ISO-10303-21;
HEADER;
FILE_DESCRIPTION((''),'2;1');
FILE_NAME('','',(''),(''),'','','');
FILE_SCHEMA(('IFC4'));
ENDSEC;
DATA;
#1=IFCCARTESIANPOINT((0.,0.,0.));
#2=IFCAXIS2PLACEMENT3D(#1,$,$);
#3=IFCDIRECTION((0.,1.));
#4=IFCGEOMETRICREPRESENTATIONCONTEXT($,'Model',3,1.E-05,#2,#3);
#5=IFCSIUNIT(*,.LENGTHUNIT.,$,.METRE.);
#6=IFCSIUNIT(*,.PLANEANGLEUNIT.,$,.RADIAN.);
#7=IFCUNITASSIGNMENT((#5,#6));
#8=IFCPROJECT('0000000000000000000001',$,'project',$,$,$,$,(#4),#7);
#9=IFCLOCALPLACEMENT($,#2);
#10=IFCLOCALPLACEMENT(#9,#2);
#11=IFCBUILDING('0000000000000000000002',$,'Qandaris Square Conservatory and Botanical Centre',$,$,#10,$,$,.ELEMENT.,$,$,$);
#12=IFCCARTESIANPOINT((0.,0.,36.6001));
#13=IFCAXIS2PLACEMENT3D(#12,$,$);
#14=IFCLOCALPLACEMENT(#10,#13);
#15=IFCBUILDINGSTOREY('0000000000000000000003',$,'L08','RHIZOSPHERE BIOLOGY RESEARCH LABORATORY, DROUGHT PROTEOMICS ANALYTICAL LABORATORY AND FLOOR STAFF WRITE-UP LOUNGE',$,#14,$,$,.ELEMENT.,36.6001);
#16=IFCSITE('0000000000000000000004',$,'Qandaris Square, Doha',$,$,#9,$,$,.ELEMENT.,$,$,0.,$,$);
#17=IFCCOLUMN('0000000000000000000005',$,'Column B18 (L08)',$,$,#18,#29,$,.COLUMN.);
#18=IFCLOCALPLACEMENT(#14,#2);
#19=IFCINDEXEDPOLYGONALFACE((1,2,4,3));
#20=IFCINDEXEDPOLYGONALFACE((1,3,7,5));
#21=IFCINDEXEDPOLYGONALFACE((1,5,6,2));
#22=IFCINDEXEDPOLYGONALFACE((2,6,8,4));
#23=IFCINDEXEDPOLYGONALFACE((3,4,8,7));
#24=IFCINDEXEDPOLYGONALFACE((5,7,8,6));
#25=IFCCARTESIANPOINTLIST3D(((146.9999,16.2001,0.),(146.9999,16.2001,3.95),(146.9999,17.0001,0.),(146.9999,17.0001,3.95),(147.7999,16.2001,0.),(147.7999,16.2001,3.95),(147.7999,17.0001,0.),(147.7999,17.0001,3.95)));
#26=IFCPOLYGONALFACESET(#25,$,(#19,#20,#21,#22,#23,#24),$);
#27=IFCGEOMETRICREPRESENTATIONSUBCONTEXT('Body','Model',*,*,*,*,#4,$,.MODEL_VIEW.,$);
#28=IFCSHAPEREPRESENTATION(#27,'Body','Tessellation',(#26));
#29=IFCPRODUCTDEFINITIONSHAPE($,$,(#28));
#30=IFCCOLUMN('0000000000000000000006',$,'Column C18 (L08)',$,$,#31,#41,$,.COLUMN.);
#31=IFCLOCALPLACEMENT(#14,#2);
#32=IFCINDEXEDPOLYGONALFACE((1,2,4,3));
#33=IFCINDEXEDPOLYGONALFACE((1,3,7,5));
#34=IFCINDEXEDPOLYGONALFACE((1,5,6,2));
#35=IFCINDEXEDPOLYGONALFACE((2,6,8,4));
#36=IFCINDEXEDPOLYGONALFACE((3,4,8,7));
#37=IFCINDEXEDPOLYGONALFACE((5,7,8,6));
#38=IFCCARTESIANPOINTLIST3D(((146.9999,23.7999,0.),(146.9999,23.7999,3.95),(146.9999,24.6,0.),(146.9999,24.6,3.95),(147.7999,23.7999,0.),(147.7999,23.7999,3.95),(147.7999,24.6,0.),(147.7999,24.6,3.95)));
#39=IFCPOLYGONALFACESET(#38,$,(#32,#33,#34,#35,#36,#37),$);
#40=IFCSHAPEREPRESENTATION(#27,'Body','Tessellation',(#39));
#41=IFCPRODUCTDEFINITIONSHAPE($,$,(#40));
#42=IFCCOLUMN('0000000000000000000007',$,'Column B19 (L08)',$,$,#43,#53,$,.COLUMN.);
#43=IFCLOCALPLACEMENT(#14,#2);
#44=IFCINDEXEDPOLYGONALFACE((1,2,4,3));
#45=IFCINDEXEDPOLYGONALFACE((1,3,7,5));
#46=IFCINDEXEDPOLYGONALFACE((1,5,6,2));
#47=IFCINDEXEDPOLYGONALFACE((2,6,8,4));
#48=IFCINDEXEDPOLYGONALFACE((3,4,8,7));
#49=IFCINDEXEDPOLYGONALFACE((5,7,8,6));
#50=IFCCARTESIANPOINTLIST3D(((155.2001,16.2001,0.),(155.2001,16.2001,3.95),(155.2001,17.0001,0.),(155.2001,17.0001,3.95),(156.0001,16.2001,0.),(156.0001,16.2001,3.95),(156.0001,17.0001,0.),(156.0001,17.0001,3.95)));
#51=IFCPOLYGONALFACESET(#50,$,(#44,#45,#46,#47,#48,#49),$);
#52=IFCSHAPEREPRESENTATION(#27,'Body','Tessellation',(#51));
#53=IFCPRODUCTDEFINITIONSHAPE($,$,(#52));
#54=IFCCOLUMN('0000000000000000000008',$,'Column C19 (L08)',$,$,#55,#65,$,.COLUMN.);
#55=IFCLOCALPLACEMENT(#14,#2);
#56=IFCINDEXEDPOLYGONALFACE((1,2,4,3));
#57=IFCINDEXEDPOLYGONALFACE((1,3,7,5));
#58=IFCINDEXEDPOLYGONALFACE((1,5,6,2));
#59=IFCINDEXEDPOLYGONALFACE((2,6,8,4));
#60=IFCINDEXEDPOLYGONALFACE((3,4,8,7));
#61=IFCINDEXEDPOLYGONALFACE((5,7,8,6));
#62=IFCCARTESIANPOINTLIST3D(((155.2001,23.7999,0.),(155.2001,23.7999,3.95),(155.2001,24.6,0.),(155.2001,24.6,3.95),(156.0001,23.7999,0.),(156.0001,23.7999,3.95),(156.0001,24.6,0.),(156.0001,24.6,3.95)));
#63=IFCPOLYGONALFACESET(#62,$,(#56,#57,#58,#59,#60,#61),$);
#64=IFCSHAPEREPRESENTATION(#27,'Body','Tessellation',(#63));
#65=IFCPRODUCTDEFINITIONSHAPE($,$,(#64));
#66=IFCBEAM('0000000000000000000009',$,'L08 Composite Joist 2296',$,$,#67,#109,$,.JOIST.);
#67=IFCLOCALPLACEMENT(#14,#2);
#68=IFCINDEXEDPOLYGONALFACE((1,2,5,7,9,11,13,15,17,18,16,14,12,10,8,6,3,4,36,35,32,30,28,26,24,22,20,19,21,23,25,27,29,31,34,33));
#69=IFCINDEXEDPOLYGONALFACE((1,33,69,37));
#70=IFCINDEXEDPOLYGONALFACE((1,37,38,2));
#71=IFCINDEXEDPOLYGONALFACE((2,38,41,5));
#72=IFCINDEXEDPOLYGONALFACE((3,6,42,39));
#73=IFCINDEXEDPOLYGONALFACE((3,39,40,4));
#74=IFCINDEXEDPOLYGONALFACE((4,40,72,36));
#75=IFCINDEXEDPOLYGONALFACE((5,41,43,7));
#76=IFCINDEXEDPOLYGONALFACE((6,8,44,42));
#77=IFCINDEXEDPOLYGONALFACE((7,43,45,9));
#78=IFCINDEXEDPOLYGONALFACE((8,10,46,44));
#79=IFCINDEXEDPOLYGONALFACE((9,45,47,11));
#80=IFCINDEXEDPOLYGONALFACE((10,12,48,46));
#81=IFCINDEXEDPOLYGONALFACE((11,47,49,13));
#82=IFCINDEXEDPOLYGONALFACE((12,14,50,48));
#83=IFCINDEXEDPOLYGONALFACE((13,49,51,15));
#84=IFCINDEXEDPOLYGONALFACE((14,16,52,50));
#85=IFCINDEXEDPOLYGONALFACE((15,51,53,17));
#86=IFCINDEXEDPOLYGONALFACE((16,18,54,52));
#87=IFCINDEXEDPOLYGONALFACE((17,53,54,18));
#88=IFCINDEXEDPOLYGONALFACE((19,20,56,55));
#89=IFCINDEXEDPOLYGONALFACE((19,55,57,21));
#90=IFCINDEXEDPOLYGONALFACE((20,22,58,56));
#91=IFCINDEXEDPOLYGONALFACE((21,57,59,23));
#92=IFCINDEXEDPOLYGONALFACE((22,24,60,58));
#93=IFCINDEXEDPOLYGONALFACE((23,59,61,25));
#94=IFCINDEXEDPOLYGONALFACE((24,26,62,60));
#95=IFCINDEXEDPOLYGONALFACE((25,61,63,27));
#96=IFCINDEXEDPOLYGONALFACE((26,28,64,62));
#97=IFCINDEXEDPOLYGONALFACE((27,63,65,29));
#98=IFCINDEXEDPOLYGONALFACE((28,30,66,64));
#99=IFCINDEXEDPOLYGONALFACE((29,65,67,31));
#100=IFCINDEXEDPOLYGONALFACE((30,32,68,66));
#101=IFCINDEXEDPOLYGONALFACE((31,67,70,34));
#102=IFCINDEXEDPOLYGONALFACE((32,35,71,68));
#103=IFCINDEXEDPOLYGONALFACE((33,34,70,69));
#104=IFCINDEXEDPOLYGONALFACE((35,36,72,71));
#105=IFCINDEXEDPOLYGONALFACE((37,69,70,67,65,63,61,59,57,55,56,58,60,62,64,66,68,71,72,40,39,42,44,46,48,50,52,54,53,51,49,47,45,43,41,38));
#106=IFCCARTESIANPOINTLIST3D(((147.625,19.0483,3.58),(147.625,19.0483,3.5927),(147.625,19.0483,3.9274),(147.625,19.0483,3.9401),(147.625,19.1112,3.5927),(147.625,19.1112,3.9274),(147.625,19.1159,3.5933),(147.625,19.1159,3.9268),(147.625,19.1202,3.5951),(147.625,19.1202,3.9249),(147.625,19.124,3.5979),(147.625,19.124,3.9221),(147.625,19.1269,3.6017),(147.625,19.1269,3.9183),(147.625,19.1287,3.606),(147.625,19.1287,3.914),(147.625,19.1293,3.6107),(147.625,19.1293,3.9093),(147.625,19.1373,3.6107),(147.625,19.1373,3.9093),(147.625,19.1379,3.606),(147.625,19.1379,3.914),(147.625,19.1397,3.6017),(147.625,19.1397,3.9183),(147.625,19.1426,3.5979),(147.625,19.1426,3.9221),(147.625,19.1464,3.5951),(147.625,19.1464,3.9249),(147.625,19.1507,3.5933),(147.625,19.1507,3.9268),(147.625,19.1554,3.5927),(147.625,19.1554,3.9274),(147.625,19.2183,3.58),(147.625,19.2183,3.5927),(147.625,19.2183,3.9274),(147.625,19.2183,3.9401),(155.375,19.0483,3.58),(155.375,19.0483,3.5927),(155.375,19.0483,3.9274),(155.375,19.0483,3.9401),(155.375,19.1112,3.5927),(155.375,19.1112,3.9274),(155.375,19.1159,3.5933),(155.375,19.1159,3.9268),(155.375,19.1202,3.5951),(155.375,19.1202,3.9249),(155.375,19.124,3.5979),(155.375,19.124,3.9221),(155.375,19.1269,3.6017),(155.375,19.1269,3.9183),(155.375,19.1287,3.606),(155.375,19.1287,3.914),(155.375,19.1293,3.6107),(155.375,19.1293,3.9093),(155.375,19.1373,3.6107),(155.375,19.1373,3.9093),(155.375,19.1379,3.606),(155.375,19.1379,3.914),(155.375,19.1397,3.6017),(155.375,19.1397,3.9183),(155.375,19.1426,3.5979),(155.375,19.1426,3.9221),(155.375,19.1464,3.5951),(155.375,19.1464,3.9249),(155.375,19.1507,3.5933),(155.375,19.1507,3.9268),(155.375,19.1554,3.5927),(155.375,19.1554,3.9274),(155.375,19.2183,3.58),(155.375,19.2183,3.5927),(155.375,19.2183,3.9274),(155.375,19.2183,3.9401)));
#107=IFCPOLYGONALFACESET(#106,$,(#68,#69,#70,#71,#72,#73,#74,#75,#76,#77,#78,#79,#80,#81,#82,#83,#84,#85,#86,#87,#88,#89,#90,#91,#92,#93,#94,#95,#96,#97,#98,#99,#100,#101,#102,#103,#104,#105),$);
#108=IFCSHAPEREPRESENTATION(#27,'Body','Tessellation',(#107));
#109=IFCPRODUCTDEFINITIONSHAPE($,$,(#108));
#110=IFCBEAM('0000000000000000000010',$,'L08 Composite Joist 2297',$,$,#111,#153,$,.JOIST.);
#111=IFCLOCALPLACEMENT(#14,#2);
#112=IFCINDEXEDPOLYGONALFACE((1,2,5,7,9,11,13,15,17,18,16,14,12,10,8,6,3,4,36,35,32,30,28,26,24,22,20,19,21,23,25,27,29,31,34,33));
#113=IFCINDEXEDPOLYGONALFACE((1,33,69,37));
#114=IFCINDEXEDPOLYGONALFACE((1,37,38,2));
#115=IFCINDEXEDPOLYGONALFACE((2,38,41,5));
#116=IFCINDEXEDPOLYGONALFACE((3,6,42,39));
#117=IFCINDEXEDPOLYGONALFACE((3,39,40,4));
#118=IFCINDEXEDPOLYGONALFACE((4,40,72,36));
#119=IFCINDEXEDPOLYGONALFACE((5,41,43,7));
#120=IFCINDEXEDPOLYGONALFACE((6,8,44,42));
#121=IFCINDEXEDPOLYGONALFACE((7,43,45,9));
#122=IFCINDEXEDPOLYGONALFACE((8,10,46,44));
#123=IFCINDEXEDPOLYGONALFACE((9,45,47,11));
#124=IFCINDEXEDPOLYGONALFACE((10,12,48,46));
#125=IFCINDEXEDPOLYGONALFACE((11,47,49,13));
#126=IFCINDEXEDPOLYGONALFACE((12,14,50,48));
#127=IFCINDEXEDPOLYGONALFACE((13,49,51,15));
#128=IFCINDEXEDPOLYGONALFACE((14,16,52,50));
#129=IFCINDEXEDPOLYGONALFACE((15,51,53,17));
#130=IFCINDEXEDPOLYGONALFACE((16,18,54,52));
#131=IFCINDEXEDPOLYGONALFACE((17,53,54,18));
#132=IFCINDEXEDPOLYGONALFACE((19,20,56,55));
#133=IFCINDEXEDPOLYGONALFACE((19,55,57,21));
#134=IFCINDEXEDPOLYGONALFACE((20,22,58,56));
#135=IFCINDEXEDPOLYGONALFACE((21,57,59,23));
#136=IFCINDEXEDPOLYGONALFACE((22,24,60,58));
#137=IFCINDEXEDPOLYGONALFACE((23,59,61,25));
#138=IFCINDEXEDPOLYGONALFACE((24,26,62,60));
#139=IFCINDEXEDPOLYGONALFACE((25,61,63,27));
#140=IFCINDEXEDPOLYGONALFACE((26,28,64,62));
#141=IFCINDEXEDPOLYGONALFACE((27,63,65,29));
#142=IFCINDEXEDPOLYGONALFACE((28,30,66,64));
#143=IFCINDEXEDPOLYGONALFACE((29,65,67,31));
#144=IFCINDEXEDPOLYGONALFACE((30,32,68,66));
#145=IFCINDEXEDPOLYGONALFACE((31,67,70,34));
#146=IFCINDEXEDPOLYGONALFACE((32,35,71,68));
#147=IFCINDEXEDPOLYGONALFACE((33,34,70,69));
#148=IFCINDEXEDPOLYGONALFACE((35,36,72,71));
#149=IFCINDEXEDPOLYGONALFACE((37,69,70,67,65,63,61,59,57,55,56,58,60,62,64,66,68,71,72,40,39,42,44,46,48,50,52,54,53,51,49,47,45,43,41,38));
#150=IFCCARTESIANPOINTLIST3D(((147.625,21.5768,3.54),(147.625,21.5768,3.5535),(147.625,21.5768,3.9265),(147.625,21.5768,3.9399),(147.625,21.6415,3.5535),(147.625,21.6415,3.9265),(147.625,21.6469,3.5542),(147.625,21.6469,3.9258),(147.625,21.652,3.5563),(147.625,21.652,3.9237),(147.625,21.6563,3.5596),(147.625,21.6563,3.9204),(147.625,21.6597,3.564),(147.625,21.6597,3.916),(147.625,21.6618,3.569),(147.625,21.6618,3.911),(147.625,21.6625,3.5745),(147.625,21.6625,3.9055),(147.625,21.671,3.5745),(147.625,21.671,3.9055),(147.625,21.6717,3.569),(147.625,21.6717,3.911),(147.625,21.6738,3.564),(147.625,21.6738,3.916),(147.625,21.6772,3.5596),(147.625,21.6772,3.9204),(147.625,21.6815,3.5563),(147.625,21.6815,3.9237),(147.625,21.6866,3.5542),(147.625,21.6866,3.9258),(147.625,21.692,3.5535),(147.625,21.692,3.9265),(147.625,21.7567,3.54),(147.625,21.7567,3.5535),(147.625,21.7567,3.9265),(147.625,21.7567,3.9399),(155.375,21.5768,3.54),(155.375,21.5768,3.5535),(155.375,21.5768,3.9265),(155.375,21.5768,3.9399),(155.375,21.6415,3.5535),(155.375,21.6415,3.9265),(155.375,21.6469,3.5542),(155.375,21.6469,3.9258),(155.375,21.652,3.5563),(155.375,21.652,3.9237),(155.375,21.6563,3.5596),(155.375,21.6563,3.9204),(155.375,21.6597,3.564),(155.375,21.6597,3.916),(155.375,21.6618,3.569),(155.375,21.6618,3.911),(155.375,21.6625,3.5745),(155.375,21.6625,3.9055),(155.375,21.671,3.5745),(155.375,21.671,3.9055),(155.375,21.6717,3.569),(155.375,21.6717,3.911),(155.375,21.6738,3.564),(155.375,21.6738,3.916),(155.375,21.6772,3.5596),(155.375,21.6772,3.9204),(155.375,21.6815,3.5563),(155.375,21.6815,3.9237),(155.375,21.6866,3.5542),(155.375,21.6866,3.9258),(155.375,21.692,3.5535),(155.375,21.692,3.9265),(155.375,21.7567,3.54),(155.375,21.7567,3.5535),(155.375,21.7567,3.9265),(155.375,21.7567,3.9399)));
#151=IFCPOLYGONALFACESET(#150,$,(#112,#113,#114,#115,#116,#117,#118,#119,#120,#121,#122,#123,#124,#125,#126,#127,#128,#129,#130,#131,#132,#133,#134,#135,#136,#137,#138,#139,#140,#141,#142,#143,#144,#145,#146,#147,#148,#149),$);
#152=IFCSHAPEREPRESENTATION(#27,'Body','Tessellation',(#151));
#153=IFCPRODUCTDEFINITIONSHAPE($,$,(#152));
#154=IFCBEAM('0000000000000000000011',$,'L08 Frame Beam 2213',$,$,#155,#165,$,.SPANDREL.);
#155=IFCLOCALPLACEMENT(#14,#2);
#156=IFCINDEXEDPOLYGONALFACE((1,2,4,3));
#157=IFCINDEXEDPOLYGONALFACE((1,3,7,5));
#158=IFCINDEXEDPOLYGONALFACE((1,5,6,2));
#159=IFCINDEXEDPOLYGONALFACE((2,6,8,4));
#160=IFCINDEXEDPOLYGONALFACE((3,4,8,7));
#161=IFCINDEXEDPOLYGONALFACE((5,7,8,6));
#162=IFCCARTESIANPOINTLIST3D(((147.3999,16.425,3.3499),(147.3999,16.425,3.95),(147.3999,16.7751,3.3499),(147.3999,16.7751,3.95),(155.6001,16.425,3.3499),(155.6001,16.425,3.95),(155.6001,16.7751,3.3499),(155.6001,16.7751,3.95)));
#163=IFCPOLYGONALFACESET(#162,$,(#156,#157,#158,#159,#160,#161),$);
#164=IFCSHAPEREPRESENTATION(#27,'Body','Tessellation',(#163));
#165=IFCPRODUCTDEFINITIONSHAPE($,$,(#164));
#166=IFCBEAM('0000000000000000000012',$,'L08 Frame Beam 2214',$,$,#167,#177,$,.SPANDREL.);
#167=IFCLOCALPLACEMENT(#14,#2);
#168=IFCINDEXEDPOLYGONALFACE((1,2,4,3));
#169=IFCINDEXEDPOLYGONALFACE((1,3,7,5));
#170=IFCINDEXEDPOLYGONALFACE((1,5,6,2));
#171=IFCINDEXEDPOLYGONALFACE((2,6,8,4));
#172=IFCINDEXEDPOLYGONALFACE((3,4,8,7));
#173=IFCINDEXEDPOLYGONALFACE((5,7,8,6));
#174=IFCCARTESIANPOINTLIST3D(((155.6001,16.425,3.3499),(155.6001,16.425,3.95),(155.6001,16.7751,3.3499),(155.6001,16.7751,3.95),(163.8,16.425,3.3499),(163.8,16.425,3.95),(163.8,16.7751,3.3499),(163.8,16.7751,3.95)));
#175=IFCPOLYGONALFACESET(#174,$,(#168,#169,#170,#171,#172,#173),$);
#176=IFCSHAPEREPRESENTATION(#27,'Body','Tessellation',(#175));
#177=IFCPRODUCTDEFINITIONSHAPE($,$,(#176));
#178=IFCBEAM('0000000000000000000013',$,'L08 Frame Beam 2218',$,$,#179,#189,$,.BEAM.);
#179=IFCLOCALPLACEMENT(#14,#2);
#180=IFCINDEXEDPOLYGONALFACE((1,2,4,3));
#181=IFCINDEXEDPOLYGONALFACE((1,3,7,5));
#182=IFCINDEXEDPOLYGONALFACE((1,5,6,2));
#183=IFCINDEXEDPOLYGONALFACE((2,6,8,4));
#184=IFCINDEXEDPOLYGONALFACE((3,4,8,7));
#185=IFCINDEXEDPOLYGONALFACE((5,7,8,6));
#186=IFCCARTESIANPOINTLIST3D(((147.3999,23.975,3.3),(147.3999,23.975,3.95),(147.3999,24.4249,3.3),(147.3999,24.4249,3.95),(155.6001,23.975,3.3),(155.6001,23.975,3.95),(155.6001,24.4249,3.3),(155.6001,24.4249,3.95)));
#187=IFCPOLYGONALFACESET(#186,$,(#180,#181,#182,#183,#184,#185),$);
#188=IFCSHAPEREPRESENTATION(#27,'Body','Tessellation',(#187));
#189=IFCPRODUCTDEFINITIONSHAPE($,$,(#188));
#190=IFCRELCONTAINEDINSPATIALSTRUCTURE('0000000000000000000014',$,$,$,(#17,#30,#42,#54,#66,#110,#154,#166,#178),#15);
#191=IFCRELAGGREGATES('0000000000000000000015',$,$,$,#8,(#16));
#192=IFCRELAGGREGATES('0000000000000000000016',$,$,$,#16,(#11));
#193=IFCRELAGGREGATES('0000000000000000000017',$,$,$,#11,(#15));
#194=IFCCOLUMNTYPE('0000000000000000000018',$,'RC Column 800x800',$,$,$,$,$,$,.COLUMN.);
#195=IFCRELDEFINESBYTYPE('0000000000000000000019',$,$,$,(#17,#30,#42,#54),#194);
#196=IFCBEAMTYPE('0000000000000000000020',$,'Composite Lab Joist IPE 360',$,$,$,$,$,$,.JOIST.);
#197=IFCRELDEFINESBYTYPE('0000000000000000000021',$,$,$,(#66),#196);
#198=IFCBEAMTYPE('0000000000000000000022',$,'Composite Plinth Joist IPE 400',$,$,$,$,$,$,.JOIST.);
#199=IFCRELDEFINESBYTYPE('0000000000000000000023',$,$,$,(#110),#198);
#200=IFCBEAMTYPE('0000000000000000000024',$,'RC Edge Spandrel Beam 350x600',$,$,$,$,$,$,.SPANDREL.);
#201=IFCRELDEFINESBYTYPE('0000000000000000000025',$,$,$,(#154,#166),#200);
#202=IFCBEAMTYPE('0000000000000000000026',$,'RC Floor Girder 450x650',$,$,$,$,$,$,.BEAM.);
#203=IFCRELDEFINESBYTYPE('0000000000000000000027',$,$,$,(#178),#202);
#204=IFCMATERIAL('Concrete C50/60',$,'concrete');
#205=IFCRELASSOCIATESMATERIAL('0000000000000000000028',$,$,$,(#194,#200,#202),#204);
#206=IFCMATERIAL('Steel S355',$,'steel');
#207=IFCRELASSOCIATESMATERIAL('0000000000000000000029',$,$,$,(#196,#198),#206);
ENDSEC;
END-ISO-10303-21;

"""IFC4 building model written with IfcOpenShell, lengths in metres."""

from ifc_helpers import new_model, si_unit, direction, frame, origin, origin_2d, place, context, subcontext, project, spatial, rectangle, i_section, extrude, material, material_profile, profile_set, type_object, element, save


model = new_model("IFC4")

# Units and contexts
model_context = context("Model", 3, precision=1e-05, world=origin(), true_north=direction((0.0, 1.0)))
body_context = subcontext(model_context, "Body", "Model", "MODEL_VIEW")
ifc_project = project(units=[si_unit("LENGTHUNIT", "METRE"), si_unit("PLANEANGLEUNIT", "RADIAN")], contexts=[model_context])

# Site, building, storey
site_placement = place(None, origin())
site = spatial("IfcSite", under=ifc_project, at=site_placement, Name="Qandaris Square, Doha", CompositionType="ELEMENT", RefElevation=0.0)
building_placement = place(site_placement, origin())
building = spatial("IfcBuilding", under=site, at=building_placement, Name="Qandaris Square Conservatory and Botanical Centre", CompositionType="ELEMENT")
storey_placement = place(building_placement, frame((0.0, 0.0, 36.6001)))
storey = spatial("IfcBuildingStorey", under=building, at=storey_placement, Name="L08", Description="RHIZOSPHERE BIOLOGY RESEARCH LABORATORY, DROUGHT PROTEOMICS ANALYTICAL LABORATORY AND FLOOR STAFF WRITE-UP LOUNGE", CompositionType="ELEMENT", Elevation=36.6001)

# Columns
ifc_material_1 = material(Name="Concrete C50/60", Category="concrete")
ifc_material_profile_1 = material_profile(ifc_material_1, rectangle(XDim=0.8, YDim=0.8, at=origin_2d()), Name="RC-COL 800x800")
ifc_profile_set_1 = profile_set([ifc_material_profile_1], Name="Concrete C50/60")
column_type = type_object("IfcColumnType", Name="RC Column 800x800", PredefinedType="COLUMN", material=ifc_profile_set_1)
for number, where, z_axis, x_axis, name in (
    (1, (147.3999, 16.6001, 0.0), (0.0, 0.0, 1.0), (1.0, 0.0, 0.0), "Column B18 (L08)"),
    (2, (147.3999, 24.2, 0.0), (0.0, 0.0, 1.0), (1.0, 0.0, 0.0), "Column C18 (L08)"),
    (3, (155.6001, 16.6001, 0.0), (0.0, 0.0, 1.0), (1.0, 0.0, 0.0), "Column B19 (L08)"),
    (4, (155.6001, 24.2, 0.0), (0.0, 0.0, 1.0), (1.0, 0.0, 0.0), "Column C19 (L08)"),
):
    element("IfcColumn", number, at=place(storey_placement, frame(where, z_axis=z_axis, x_axis=x_axis)), inside=storey, type_object=column_type, Name=name, PredefinedType="COLUMN", context=body_context, shape_type="SweptSolid", body=[
        extrude(rectangle(XDim=0.8, YDim=0.8, at=origin_2d()), origin(), (0.0, 0.0, 1.0), 3.95),
    ])

# Beams
ifc_material_2 = material(Name="Steel S355", Category="steel")
ifc_material_profile_2 = material_profile(ifc_material_2, i_section(OverallWidth=0.1699, OverallDepth=0.3601, WebThickness=0.0081, FlangeThickness=0.0127, FilletRadius=0.0181, at=origin_2d()), Name="IPE 360")
ifc_profile_set_2 = profile_set([ifc_material_profile_2], Name="Steel S355")
beam_type_1 = type_object("IfcBeamType", Name="Composite Lab Joist IPE 360", PredefinedType="JOIST", material=ifc_profile_set_2)
beam_1_placement = place(storey_placement, frame((147.625, 19.1333, 3.76), z_axis=(1.0, 0.0, 0.0), x_axis=(0.0, 1.0, 0.0)))
element("IfcBeam", 5, at=beam_1_placement, inside=storey, type_object=beam_type_1, Name="L08 Composite Joist 2296", PredefinedType="JOIST", context=body_context, shape_type="SweptSolid", body=[
    extrude(i_section(OverallWidth=0.1699, OverallDepth=0.3601, WebThickness=0.0081, FlangeThickness=0.0127, FilletRadius=0.0181, at=origin_2d()), origin(), (0.0, 0.0, 1.0), 7.75),
])
ifc_material_profile_3 = material_profile(ifc_material_2, i_section(OverallWidth=0.1799, OverallDepth=0.3999, WebThickness=0.0085, FlangeThickness=0.0134, FilletRadius=0.021, at=origin_2d()), Name="IPE 400")
ifc_profile_set_3 = profile_set([ifc_material_profile_3], Name="Steel S355")
beam_type_2 = type_object("IfcBeamType", Name="Composite Plinth Joist IPE 400", PredefinedType="JOIST", material=ifc_profile_set_3)
beam_2_placement = place(storey_placement, frame((147.625, 21.6667, 3.74), z_axis=(1.0, 0.0, 0.0), x_axis=(0.0, 1.0, 0.0)))
element("IfcBeam", 6, at=beam_2_placement, inside=storey, type_object=beam_type_2, Name="L08 Composite Joist 2297", PredefinedType="JOIST", context=body_context, shape_type="SweptSolid", body=[
    extrude(i_section(OverallWidth=0.1799, OverallDepth=0.3999, WebThickness=0.0085, FlangeThickness=0.0134, FilletRadius=0.021, at=origin_2d()), origin(), (0.0, 0.0, 1.0), 7.75),
])
ifc_material_profile_4 = material_profile(ifc_material_1, rectangle(XDim=0.3501, YDim=0.6001, at=origin_2d()), Name="RC-SP 350x600")
ifc_profile_set_4 = profile_set([ifc_material_profile_4], Name="Concrete C50/60")
beam_type_3 = type_object("IfcBeamType", Name="RC Edge Spandrel Beam 350x600", PredefinedType="SPANDREL", material=ifc_profile_set_4)
beam_3_placement = place(storey_placement, frame((147.3999, 16.6001, 3.6499), z_axis=(1.0, 0.0, 0.0), x_axis=(0.0, 1.0, 0.0)))
element("IfcBeam", 7, at=beam_3_placement, inside=storey, type_object=beam_type_3, Name="L08 Frame Beam 2213", PredefinedType="SPANDREL", context=body_context, shape_type="SweptSolid", body=[
    extrude(rectangle(XDim=0.3501, YDim=0.6001, at=origin_2d()), origin(), (0.0, 0.0, 1.0), 8.2002),
])
beam_4_placement = place(storey_placement, frame((155.6001, 16.6001, 3.6499), z_axis=(1.0, 0.0, 0.0), x_axis=(0.0, 1.0, 0.0)))
element("IfcBeam", 8, at=beam_4_placement, inside=storey, type_object=beam_type_3, Name="L08 Frame Beam 2214", PredefinedType="SPANDREL", context=body_context, shape_type="SweptSolid", body=[
    extrude(rectangle(XDim=0.3501, YDim=0.6001, at=origin_2d()), origin(), (0.0, 0.0, 1.0), 8.2),
])
ifc_material_profile_5 = material_profile(ifc_material_1, rectangle(XDim=0.45, YDim=0.6499, at=origin_2d()), Name="RC-BM 450x650")
ifc_profile_set_5 = profile_set([ifc_material_profile_5], Name="Concrete C50/60")
beam_type_4 = type_object("IfcBeamType", Name="RC Floor Girder 450x650", PredefinedType="BEAM", material=ifc_profile_set_5)
beam_5_placement = place(storey_placement, frame((147.3999, 24.2, 3.625), z_axis=(1.0, 0.0, 0.0), x_axis=(0.0, 1.0, 0.0)))
element("IfcBeam", 9, at=beam_5_placement, inside=storey, type_object=beam_type_4, Name="L08 Frame Beam 2218", PredefinedType="BEAM", context=body_context, shape_type="SweptSolid", body=[
    extrude(rectangle(XDim=0.45, YDim=0.6499, at=origin_2d()), origin(), (0.0, 0.0, 1.0), 8.2002),
])

save(model, "model.ifc")
